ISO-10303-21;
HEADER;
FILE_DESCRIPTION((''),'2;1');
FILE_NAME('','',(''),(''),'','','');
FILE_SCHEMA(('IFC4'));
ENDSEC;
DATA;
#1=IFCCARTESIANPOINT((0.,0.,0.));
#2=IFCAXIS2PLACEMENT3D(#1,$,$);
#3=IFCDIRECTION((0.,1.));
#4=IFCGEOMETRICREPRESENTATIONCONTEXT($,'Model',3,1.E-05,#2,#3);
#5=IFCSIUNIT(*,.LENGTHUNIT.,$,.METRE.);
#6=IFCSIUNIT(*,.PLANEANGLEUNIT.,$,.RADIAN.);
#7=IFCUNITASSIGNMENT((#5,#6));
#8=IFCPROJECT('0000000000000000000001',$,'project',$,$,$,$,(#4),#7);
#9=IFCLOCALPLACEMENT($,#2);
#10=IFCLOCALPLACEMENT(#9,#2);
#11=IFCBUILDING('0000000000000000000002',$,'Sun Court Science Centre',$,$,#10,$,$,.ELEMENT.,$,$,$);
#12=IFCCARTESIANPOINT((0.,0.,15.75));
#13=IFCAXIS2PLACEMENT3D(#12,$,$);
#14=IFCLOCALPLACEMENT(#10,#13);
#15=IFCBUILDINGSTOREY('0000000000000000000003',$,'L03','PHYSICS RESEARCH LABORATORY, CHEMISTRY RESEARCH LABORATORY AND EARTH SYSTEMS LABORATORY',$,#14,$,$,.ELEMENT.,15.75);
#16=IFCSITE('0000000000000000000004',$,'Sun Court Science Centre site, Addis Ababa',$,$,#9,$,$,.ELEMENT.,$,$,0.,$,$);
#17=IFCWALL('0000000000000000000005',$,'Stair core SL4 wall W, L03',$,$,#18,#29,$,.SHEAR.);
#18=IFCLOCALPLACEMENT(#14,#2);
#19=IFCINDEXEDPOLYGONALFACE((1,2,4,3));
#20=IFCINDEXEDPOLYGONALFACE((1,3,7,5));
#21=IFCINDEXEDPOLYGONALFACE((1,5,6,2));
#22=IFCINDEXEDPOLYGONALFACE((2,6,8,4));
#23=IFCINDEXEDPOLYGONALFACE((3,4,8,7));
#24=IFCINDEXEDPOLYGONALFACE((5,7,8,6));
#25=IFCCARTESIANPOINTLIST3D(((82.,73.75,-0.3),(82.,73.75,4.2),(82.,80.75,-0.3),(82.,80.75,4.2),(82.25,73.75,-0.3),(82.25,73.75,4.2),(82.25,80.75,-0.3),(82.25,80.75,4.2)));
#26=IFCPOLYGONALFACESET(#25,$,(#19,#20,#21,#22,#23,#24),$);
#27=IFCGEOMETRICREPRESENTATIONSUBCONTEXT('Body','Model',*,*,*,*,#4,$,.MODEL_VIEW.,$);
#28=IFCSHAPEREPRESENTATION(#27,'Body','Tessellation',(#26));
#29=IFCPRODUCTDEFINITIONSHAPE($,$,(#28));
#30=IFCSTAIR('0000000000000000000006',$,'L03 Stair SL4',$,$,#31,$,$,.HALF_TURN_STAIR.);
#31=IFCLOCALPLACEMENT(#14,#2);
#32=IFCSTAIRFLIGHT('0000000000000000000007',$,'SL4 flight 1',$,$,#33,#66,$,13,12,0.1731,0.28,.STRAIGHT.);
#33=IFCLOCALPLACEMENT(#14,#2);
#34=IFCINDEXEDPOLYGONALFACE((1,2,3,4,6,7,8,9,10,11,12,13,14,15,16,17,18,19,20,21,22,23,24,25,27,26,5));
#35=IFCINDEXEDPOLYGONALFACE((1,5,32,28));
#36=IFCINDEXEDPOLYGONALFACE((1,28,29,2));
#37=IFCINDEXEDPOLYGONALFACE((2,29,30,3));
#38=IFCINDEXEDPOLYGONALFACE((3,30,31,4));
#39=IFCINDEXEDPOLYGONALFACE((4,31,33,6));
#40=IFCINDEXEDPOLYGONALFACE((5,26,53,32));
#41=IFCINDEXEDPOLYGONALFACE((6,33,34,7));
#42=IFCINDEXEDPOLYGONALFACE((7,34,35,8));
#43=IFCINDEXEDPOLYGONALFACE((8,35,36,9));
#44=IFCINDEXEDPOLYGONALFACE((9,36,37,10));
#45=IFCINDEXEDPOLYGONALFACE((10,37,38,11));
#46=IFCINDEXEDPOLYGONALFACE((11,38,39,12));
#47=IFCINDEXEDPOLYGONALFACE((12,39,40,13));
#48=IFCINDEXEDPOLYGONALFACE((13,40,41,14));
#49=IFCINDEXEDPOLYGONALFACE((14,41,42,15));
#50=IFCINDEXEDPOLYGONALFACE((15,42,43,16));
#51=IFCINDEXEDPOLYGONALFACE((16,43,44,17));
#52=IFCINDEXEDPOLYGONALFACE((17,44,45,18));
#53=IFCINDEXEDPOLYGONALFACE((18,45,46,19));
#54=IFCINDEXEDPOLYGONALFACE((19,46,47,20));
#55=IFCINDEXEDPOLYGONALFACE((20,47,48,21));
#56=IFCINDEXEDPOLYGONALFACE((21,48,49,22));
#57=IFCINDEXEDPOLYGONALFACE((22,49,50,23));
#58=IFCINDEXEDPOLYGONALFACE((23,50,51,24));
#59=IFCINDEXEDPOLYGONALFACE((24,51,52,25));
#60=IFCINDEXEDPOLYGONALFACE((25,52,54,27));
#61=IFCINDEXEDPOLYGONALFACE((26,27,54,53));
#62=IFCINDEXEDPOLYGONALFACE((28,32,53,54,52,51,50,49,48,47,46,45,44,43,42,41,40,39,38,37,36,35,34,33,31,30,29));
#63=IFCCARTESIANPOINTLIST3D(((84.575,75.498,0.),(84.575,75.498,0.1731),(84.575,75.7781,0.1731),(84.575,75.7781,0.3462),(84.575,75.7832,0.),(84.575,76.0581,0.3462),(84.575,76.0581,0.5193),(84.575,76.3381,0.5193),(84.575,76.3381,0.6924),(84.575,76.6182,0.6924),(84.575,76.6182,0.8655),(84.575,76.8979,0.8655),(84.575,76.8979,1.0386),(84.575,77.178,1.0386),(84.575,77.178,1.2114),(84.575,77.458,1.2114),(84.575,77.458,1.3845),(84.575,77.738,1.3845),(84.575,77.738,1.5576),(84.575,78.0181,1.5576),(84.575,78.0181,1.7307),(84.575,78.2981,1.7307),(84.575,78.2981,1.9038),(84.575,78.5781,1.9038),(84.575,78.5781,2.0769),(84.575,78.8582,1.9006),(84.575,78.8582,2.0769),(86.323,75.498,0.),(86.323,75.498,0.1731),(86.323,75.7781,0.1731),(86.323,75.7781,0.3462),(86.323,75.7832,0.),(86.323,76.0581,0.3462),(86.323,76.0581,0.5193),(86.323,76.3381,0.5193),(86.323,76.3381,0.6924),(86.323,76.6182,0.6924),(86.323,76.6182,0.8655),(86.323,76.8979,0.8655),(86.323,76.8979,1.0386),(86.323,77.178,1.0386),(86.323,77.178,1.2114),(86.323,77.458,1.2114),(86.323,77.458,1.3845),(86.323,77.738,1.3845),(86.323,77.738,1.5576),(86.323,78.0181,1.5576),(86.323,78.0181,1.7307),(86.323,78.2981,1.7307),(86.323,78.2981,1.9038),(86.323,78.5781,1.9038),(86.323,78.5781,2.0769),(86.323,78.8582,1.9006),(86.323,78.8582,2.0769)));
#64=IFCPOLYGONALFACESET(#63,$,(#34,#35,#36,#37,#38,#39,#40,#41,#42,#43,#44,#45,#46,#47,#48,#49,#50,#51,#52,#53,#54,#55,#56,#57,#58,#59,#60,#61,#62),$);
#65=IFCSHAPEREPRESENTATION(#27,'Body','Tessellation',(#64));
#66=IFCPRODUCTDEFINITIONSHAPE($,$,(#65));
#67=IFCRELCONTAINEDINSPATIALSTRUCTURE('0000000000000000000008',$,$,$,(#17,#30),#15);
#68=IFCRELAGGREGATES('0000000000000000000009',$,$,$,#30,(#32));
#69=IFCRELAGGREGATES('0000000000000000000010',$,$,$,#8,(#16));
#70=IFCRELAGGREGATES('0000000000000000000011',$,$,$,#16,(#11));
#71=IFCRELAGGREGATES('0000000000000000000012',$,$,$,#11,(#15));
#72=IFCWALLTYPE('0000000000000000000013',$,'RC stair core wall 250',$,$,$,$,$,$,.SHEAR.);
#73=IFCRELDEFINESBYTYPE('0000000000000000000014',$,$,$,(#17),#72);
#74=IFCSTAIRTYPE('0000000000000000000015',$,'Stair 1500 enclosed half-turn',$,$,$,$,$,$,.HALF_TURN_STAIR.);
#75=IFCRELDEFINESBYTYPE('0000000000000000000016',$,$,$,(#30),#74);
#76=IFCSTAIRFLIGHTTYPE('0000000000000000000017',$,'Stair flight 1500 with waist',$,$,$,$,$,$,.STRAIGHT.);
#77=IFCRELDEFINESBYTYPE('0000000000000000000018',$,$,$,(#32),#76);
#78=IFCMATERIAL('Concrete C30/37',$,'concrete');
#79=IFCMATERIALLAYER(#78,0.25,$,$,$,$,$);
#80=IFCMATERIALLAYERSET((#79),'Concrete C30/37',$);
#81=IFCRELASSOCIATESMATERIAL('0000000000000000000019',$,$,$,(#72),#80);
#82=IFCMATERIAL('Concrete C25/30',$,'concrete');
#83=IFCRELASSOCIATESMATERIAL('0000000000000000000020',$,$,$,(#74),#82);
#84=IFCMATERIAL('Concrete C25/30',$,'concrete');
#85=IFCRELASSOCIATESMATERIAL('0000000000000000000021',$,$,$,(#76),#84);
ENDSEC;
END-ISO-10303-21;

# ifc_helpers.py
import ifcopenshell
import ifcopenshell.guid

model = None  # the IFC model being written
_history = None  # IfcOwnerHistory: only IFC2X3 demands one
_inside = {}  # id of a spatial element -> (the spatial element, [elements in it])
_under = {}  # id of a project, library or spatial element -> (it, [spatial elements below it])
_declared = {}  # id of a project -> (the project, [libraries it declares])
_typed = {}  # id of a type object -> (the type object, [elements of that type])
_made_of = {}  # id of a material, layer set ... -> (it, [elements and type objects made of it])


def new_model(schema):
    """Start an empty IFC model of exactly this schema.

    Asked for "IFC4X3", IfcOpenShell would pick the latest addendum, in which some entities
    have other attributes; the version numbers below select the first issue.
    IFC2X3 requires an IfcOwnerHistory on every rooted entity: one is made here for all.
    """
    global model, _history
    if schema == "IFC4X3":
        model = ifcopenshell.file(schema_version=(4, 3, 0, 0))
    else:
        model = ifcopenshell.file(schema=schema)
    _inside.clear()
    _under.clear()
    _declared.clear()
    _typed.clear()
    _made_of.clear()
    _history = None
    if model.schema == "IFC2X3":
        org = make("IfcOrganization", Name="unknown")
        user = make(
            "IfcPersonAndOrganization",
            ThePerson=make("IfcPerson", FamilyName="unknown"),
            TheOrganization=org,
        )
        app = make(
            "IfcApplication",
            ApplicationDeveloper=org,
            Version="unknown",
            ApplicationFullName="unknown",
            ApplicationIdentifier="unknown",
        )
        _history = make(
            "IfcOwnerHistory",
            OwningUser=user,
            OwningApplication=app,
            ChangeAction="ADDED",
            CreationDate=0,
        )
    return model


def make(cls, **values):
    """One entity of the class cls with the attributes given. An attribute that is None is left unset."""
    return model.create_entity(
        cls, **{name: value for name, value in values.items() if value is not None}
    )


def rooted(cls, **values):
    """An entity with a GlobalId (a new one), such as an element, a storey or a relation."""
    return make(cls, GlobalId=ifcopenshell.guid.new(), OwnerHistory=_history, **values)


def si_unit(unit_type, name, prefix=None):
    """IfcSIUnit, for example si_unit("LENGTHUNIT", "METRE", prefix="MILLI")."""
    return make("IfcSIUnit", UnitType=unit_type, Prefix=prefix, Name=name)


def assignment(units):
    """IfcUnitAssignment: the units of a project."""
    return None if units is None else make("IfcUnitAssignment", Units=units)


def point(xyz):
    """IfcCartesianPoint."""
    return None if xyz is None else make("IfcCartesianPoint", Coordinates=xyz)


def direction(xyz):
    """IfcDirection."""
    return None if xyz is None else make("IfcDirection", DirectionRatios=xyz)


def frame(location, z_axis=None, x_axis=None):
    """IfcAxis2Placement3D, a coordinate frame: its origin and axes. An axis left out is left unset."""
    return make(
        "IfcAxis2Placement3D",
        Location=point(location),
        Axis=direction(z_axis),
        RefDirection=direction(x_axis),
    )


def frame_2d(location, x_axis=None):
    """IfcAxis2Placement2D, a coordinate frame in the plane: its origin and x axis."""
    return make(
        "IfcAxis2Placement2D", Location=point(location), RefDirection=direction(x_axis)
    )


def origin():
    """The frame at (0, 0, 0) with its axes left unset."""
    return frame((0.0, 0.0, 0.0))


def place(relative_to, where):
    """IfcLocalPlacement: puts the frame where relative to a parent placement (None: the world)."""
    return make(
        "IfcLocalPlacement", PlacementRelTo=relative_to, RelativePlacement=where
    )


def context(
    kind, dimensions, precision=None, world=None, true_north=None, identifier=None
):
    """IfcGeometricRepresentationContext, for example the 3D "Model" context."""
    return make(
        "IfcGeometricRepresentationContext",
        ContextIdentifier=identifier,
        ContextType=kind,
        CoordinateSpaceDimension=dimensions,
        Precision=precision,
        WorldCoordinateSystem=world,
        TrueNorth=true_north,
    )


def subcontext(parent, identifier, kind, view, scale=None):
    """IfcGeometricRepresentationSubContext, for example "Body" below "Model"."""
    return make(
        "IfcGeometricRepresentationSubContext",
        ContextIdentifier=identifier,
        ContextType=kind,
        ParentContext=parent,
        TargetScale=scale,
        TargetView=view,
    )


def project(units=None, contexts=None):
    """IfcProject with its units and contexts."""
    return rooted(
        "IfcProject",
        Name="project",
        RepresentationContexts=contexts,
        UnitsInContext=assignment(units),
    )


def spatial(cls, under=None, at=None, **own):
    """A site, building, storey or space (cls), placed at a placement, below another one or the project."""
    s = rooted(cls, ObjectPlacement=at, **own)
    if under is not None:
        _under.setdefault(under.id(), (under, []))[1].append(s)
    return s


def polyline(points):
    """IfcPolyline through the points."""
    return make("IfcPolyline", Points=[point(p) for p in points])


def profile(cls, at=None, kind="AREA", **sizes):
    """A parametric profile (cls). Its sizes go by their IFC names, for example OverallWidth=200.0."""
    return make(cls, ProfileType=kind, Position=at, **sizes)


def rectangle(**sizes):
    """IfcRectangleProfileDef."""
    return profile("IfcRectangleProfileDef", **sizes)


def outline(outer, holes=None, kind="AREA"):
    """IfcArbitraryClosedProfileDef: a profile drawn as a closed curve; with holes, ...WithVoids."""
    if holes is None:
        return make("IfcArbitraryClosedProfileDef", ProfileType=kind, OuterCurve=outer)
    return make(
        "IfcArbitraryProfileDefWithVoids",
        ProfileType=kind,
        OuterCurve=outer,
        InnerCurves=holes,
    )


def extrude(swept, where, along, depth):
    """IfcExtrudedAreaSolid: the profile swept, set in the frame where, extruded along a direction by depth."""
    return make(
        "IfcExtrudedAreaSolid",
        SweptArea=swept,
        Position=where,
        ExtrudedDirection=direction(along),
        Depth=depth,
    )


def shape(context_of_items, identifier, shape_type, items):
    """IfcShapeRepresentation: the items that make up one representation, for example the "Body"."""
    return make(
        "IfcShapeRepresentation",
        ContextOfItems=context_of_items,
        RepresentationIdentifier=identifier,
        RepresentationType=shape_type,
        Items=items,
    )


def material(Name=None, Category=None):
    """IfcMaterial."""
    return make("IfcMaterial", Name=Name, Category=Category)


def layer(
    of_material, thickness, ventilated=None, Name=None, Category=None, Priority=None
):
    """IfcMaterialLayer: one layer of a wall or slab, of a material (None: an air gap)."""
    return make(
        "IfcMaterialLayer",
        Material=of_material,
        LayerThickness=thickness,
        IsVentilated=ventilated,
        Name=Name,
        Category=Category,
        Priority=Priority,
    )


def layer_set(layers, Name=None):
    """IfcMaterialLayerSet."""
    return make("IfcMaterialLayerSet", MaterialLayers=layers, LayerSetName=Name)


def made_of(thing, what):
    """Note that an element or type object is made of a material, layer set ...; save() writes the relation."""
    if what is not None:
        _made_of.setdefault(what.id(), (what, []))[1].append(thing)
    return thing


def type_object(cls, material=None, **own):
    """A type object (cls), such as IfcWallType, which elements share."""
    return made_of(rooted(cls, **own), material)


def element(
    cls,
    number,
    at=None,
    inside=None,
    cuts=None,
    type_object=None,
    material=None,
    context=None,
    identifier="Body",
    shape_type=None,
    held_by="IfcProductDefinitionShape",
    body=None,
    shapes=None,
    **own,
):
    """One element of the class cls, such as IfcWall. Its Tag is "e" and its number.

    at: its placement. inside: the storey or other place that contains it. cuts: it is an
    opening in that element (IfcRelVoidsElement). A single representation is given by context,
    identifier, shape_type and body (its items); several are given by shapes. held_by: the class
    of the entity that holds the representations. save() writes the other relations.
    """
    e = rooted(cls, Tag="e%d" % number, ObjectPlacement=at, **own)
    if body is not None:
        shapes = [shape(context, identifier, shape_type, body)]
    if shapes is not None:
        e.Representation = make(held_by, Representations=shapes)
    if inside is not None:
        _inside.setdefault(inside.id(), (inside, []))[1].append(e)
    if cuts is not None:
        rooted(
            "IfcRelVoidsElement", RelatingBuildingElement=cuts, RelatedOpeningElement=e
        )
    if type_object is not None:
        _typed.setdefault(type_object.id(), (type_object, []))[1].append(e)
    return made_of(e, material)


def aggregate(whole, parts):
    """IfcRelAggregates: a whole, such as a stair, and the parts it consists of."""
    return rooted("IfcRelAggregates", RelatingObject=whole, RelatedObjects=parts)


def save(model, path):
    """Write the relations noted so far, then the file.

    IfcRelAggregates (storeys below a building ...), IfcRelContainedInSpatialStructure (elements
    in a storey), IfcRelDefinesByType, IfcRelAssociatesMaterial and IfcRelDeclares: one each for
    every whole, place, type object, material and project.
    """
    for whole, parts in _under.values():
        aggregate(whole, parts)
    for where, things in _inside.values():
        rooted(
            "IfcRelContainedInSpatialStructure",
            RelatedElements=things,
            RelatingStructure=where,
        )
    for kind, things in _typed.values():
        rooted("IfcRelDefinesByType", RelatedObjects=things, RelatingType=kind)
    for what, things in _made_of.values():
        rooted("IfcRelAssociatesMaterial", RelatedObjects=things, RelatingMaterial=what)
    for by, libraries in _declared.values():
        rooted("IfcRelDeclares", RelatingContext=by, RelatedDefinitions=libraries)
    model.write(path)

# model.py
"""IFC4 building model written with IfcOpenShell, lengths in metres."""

from ifc_helpers import new_model, si_unit, direction, frame, frame_2d, origin, place, context, subcontext, project, spatial, polyline, rectangle, outline, extrude, material, layer, layer_set, type_object, element, aggregate, save


model = new_model("IFC4")

# Units and contexts
model_context = context("Model", 3, precision=1e-05, world=origin(), true_north=direction((0.0, 1.0)))
body_context = subcontext(model_context, "Body", "Model", "MODEL_VIEW")
ifc_project = project(units=[si_unit("LENGTHUNIT", "METRE"), si_unit("PLANEANGLEUNIT", "RADIAN")], contexts=[model_context])

# Site, building, storey
site_placement = place(None, origin())
site = spatial("IfcSite", under=ifc_project, at=site_placement, Name="Sun Court Science Centre site, Addis Ababa", CompositionType="ELEMENT", RefElevation=0.0)
building_placement = place(site_placement, origin())
building = spatial("IfcBuilding", under=site, at=building_placement, Name="Sun Court Science Centre", CompositionType="ELEMENT")
storey_placement = place(building_placement, frame((0.0, 0.0, 15.75)))
storey = spatial("IfcBuildingStorey", under=building, at=storey_placement, Name="L03", Description="PHYSICS RESEARCH LABORATORY, CHEMISTRY RESEARCH LABORATORY AND EARTH SYSTEMS LABORATORY", CompositionType="ELEMENT", Elevation=15.75)

# Shared definitions
ifc_material_1 = material(Name="Concrete C30/37", Category="concrete")
ifc_layer_1 = layer(ifc_material_1, 0.25)
ifc_layer_set_1 = layer_set([ifc_layer_1], Name="Concrete C30/37")
wall_type_1 = type_object("IfcWallType", Name="RC stair core wall 250", PredefinedType="SHEAR", material=ifc_layer_set_1)

# Wall
wall_1_placement = place(storey_placement, frame((82.125, 73.75, -0.3), z_axis=(0.0, 0.0, 1.0), x_axis=(0.0, 1.0, 0.0)))
element("IfcWall", 1, at=wall_1_placement, inside=storey, type_object=wall_type_1, Name="Stair core SL4 wall W, L03", PredefinedType="SHEAR", context=body_context, shape_type="SweptSolid", body=[
    extrude(rectangle(XDim=7.0, YDim=0.25, at=frame_2d((3.5, 0.0))), origin(), (0.0, 0.0, 1.0), 4.5),
])

# Stair, stair flight
ifc_material_2 = material(Name="Concrete C25/30", Category="concrete")
stair_type = type_object("IfcStairType", Name="Stair 1500 enclosed half-turn", PredefinedType="HALF_TURN_STAIR", material=ifc_material_2)
stair_placement = place(storey_placement, origin())
stair = element("IfcStair", 2, at=stair_placement, inside=storey, type_object=stair_type, Name="L03 Stair SL4", PredefinedType="HALF_TURN_STAIR")
ifc_material_3 = material(Name="Concrete C25/30", Category="concrete")
stair_flight_type = type_object("IfcStairFlightType", Name="Stair flight 1500 with waist", PredefinedType="STRAIGHT", material=ifc_material_3)
stair_flight_placement = place(storey_placement, frame((85.449, 75.498, 0.0), z_axis=(0.0, 0.0, 1.0), x_axis=(0.0, 1.0, 0.0)))
stair_flight = element("IfcStairFlight", 3, at=stair_flight_placement, type_object=stair_flight_type, Name="SL4 flight 1", NumberOfRisers=13, NumberOfTreads=12, PredefinedType="STRAIGHT", RiserHeight=0.1731, TreadLength=0.28, context=body_context, shape_type="SweptSolid", body=[
    extrude(outline(polyline([(0.0, 0.0), (0.0, 0.1731), (0.28, 0.1731), (0.28, 0.3462), (0.5601, 0.3462), (0.5601, 0.5193), (0.8401, 0.5193), (0.8401, 0.6924), (1.1201, 0.6924), (1.1201, 0.8655), (1.3999, 0.8655), (1.3999, 1.0386), (1.6799, 1.0386), (1.6799, 1.2114), (1.96, 1.2114), (1.96, 1.3845), (2.24, 1.3845), (2.24, 1.5576), (2.52, 1.5576), (2.52, 1.7307), (2.8, 1.7307), (2.8, 1.9038), (3.0801, 1.9038), (3.0801, 2.0769), (3.3601, 2.0769), (3.3601, 2.25), (3.3601, 1.9006), (0.2852, 0.0), (0.0, 0.0)])), frame((0.0, 0.874, 0.0), z_axis=(0.0, -1.0, 0.0), x_axis=(1.0, 0.0, 0.0)), (0.0, 0.0, 1.0), 1.748),
])
aggregate(stair, [stair_flight])

save(model, "model.ifc")
